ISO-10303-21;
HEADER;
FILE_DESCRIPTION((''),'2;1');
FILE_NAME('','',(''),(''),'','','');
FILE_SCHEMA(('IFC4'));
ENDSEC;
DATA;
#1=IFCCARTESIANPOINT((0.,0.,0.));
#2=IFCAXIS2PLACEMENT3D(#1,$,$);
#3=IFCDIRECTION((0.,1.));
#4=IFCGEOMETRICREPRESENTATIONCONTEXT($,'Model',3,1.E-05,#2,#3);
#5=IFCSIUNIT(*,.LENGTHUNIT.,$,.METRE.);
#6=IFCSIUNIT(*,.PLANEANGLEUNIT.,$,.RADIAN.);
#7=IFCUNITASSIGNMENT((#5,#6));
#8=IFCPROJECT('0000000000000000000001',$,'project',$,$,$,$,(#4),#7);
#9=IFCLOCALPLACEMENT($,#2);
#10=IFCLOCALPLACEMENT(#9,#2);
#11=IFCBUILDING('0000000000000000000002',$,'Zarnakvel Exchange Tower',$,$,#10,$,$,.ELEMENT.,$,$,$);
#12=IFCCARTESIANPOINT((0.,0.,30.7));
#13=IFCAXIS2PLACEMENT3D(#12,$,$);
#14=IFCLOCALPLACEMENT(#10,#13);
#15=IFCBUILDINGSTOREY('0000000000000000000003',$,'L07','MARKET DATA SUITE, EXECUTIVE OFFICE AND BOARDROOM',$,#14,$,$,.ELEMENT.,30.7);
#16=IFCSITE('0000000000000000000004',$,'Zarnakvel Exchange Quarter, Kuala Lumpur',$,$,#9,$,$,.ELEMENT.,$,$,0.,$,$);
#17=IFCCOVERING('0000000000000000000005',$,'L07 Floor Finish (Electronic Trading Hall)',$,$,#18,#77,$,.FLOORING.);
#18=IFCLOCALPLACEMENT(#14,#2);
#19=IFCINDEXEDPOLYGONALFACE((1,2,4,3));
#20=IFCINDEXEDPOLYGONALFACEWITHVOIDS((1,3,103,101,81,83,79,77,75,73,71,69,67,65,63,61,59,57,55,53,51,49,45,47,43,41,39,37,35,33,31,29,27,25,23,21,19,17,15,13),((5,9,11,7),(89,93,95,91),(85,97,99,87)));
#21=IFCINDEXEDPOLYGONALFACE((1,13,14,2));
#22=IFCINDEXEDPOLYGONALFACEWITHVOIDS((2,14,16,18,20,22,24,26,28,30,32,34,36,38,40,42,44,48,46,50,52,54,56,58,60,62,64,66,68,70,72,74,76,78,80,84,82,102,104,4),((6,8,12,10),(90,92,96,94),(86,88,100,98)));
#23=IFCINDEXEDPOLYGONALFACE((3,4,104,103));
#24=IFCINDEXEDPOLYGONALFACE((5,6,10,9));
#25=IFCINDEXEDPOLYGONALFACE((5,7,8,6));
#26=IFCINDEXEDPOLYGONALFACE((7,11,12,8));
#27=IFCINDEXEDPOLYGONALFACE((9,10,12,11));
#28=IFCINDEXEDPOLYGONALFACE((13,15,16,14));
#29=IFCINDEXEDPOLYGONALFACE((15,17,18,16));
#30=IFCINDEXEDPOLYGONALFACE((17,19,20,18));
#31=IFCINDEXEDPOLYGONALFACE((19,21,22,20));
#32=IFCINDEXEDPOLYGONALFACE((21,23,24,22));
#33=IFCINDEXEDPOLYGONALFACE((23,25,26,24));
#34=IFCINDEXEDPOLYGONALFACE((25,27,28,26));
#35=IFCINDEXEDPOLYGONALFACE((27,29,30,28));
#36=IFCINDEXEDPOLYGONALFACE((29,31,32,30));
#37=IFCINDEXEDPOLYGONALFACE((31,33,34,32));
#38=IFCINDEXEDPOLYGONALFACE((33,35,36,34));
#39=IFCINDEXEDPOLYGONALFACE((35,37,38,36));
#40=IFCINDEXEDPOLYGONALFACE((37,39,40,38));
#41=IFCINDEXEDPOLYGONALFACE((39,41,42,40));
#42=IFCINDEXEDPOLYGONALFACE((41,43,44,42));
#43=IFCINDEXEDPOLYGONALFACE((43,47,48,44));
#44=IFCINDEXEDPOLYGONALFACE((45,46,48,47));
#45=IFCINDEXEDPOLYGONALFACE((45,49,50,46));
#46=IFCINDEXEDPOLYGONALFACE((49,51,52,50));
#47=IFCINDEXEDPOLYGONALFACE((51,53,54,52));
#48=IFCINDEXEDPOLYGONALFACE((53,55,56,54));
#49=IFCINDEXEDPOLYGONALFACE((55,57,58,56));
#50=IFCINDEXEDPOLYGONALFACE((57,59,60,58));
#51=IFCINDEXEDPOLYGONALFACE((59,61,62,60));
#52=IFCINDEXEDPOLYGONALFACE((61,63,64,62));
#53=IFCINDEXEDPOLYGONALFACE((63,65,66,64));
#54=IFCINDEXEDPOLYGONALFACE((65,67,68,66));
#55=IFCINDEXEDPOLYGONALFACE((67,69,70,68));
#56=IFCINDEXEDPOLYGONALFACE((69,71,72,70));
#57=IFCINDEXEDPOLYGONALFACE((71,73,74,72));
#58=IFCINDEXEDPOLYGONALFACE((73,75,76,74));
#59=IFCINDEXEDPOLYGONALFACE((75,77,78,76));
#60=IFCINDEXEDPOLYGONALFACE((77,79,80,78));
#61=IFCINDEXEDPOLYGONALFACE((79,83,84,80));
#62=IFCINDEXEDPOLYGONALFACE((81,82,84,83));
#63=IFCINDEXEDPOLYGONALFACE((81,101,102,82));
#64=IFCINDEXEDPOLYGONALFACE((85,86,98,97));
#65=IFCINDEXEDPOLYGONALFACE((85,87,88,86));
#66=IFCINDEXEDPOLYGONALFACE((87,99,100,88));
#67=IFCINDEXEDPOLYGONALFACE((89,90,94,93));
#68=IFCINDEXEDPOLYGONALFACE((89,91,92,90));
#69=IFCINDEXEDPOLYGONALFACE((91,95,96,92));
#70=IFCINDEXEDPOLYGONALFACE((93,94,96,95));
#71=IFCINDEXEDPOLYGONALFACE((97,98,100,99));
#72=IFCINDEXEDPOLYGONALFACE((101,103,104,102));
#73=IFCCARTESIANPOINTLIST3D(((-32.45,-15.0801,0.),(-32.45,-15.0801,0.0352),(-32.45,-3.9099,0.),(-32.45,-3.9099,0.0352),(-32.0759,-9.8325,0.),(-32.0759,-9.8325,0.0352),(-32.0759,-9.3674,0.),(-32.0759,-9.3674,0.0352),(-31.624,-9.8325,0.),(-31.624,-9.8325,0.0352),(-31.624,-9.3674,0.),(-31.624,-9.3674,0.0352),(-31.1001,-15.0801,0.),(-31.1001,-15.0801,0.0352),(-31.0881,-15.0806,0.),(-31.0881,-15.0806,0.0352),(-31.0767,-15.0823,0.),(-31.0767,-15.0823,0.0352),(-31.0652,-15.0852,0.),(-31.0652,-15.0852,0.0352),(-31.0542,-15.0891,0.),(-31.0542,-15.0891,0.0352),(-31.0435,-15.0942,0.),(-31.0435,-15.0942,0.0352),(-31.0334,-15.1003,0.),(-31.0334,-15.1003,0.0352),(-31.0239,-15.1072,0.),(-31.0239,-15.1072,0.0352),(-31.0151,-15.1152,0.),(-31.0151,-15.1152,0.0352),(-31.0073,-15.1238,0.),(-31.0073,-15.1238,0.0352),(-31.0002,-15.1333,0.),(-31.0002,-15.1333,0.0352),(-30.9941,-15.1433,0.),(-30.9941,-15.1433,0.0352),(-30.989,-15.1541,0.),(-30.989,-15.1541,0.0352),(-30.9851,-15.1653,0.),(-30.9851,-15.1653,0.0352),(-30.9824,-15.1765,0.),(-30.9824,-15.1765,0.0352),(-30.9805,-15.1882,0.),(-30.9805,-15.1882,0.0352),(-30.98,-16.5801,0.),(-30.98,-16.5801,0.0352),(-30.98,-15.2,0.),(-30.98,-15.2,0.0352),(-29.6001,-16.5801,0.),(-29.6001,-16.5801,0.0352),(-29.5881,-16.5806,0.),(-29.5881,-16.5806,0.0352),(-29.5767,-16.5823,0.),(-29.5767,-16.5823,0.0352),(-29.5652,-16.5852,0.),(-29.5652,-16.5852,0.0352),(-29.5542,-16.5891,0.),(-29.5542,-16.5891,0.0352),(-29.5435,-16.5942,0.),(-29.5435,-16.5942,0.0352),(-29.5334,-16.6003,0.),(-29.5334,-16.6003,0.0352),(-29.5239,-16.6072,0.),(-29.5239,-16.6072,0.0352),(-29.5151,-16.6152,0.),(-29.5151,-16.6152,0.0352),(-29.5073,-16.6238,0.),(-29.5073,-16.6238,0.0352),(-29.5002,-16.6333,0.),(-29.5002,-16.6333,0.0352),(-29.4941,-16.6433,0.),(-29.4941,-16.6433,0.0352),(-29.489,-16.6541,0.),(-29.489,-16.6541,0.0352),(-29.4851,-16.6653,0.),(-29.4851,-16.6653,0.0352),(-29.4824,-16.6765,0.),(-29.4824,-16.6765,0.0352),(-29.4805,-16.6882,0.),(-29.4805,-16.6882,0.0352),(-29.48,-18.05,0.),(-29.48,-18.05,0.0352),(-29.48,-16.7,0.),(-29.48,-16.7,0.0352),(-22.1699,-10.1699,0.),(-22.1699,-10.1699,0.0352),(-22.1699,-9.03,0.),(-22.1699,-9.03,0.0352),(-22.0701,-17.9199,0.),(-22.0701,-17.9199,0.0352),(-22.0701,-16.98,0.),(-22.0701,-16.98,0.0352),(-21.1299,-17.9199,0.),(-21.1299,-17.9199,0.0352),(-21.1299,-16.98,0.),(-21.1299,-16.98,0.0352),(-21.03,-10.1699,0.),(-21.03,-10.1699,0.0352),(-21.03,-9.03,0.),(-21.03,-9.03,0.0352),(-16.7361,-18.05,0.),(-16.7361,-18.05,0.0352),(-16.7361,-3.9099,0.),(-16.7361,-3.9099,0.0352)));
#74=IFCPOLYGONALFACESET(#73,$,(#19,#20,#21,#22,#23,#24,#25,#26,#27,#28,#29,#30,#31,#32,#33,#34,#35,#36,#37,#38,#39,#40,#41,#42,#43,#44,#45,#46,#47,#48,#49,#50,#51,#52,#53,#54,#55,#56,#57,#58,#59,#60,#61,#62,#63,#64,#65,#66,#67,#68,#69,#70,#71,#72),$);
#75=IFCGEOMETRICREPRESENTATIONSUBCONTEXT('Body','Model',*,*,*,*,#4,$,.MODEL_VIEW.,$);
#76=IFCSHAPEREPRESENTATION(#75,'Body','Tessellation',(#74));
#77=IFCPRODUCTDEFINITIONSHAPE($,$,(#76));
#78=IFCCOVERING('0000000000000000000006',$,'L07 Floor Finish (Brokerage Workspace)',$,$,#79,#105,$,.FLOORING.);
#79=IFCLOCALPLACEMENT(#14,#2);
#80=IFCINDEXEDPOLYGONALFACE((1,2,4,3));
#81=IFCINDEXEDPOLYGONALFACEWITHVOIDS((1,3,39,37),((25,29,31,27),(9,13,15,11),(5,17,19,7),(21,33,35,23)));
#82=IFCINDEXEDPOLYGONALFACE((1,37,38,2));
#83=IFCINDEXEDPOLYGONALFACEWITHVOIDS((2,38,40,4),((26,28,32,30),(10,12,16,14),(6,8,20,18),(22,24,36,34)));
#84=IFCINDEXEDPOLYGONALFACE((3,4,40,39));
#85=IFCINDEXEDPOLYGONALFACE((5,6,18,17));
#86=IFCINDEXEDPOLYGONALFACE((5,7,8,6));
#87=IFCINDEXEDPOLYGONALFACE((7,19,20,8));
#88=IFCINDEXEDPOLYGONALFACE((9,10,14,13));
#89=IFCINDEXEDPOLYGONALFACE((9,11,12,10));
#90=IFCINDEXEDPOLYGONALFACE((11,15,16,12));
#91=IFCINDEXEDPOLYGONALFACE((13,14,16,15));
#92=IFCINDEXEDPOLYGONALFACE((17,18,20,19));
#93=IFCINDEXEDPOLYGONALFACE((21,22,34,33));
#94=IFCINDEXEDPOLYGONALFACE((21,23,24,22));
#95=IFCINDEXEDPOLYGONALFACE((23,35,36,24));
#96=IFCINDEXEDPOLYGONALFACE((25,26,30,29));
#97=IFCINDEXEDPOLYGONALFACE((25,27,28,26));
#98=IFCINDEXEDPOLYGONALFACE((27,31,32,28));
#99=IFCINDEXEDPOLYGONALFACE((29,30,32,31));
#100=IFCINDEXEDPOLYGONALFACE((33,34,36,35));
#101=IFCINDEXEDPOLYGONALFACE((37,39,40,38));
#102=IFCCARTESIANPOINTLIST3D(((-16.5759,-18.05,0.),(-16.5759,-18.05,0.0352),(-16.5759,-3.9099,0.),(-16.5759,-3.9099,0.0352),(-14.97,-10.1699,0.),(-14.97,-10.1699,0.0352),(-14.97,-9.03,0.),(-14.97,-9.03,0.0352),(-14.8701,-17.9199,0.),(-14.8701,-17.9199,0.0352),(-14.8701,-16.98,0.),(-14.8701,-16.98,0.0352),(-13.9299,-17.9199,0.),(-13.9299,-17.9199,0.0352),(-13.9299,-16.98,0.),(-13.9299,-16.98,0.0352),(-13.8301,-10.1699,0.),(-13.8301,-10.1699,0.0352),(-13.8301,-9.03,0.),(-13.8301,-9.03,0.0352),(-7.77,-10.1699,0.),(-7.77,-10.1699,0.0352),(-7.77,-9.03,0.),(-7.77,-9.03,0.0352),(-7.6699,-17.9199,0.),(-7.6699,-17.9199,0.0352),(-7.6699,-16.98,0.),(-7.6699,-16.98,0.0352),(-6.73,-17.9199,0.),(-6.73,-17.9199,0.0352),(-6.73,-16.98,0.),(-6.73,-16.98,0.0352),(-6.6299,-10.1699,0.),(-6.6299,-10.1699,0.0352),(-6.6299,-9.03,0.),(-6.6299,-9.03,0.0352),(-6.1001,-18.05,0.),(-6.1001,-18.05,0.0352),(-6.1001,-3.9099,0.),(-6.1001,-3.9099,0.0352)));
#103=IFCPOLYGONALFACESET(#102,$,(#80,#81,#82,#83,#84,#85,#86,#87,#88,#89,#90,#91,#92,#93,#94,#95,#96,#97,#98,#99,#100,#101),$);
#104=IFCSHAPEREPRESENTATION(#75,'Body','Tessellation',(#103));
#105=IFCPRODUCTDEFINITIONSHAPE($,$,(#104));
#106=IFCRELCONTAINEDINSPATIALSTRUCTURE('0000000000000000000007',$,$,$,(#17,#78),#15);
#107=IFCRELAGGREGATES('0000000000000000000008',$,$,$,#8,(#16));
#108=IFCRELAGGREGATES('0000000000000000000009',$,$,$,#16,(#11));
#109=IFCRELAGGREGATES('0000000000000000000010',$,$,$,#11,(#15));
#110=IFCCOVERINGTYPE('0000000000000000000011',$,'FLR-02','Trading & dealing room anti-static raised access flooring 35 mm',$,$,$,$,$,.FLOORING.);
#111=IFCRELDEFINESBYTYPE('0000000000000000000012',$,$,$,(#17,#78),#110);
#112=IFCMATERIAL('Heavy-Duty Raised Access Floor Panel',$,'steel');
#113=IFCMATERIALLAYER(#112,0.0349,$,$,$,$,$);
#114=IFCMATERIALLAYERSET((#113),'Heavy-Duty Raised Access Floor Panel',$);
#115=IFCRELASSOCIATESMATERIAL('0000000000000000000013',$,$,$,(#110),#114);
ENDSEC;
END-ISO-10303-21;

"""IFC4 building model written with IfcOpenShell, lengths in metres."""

from ifc_helpers import new_model, si_unit, direction, frame, origin, place, context, subcontext, project, spatial, polyline, outline, extrude, material, layer, layer_set, type_object, element, save


model = new_model("IFC4")

# Units and contexts
model_context = context("Model", 3, precision=1e-05, world=origin(), true_north=direction((0.0, 1.0)))
body_context = subcontext(model_context, "Body", "Model", "MODEL_VIEW")
ifc_project = project(units=[si_unit("LENGTHUNIT", "METRE"), si_unit("PLANEANGLEUNIT", "RADIAN")], contexts=[model_context])

# Site, building, storey
site_placement = place(None, origin())
site = spatial("IfcSite", under=ifc_project, at=site_placement, Name="Zarnakvel Exchange Quarter, Kuala Lumpur", CompositionType="ELEMENT", RefElevation=0.0)
building_placement = place(site_placement, origin())
building = spatial("IfcBuilding", under=site, at=building_placement, Name="Zarnakvel Exchange Tower", CompositionType="ELEMENT")
storey_placement = place(building_placement, frame((0.0, 0.0, 30.7)))
storey = spatial("IfcBuildingStorey", under=building, at=storey_placement, Name="L07", Description="MARKET DATA SUITE, EXECUTIVE OFFICE AND BOARDROOM", CompositionType="ELEMENT", Elevation=30.7)

# Coverings
ifc_material_1 = material(Name="Heavy-Duty Raised Access Floor Panel", Category="steel")
ifc_layer_1 = layer(ifc_material_1, 0.0349)
ifc_layer_set_1 = layer_set([ifc_layer_1], Name="Heavy-Duty Raised Access Floor Panel")
covering_type_1 = type_object("IfcCoveringType", Name="FLR-02", Description="Trading & dealing room anti-static raised access flooring 35 mm", PredefinedType="FLOORING", material=ifc_layer_set_1)
covering_1_placement = place(storey_placement, origin())
element("IfcCovering", 1, at=covering_1_placement, inside=storey, type_object=covering_type_1, Name="L07 Floor Finish (Electronic Trading Hall)", PredefinedType="FLOORING", context=body_context, shape_type="SweptSolid", body=[
    extrude(outline(polyline([(-16.7361, -3.9099), (-16.7361, -18.05), (-29.48, -18.05), (-29.48, -16.7), (-29.4805, -16.6882), (-29.4824, -16.6765), (-29.4851, -16.6653), (-29.489, -16.6541), (-29.4941, -16.6433), (-29.5002, -16.6333), (-29.5073, -16.6238), (-29.5151, -16.6152), (-29.5239, -16.6072), (-29.5334, -16.6003), (-29.5435, -16.5942), (-29.5542, -16.5891), (-29.5652, -16.5852), (-29.5767, -16.5823), (-29.5881, -16.5806), (-29.6001, -16.5801), (-30.98, -16.5801), (-30.98, -15.2), (-30.9805, -15.1882), (-30.9824, -15.1765), (-30.9851, -15.1653), (-30.989, -15.1541), (-30.9941, -15.1433), (-31.0002, -15.1333), (-31.0073, -15.1238), (-31.0151, -15.1152), (-31.0239, -15.1072), (-31.0334, -15.1003), (-31.0435, -15.0942), (-31.0542, -15.0891), (-31.0652, -15.0852), (-31.0767, -15.0823), (-31.0881, -15.0806), (-31.1001, -15.0801), (-32.45, -15.0801), (-32.45, -3.9099), (-16.7361, -3.9099)]), holes=[polyline([(-21.03, -10.1699), (-21.03, -9.03), (-22.1699, -9.03), (-22.1699, -10.1699), (-21.03, -10.1699)]), polyline([(-21.1299, -17.9199), (-21.1299, -16.98), (-22.0701, -16.98), (-22.0701, -17.9199), (-21.1299, -17.9199)]), polyline([(-32.0759, -9.8325), (-31.624, -9.8325), (-31.624, -9.3674), (-32.0759, -9.3674), (-32.0759, -9.8325)])]), origin(), (0.0, 0.0, 1.0), 0.0352),
])
covering_2_placement = place(storey_placement, origin())
element("IfcCovering", 2, at=covering_2_placement, inside=storey, type_object=covering_type_1, Name="L07 Floor Finish (Brokerage Workspace)", PredefinedType="FLOORING", context=body_context, shape_type="SweptSolid", body=[
    extrude(outline(polyline([(-16.5759, -3.9099), (-6.1001, -3.9099), (-6.1001, -18.05), (-16.5759, -18.05), (-16.5759, -3.9099)]), holes=[polyline([(-7.77, -10.1699), (-6.6299, -10.1699), (-6.6299, -9.03), (-7.77, -9.03), (-7.77, -10.1699)]), polyline([(-6.73, -17.9199), (-6.73, -16.98), (-7.6699, -16.98), (-7.6699, -17.9199), (-6.73, -17.9199)]), polyline([(-13.8301, -10.1699), (-13.8301, -9.03), (-14.97, -9.03), (-14.97, -10.1699), (-13.8301, -10.1699)]), polyline([(-13.9299, -17.9199), (-13.9299, -16.98), (-14.8701, -16.98), (-14.8701, -17.9199), (-13.9299, -17.9199)])]), origin(), (0.0, 0.0, 1.0), 0.0352),
])

save(model, "model.ifc")
